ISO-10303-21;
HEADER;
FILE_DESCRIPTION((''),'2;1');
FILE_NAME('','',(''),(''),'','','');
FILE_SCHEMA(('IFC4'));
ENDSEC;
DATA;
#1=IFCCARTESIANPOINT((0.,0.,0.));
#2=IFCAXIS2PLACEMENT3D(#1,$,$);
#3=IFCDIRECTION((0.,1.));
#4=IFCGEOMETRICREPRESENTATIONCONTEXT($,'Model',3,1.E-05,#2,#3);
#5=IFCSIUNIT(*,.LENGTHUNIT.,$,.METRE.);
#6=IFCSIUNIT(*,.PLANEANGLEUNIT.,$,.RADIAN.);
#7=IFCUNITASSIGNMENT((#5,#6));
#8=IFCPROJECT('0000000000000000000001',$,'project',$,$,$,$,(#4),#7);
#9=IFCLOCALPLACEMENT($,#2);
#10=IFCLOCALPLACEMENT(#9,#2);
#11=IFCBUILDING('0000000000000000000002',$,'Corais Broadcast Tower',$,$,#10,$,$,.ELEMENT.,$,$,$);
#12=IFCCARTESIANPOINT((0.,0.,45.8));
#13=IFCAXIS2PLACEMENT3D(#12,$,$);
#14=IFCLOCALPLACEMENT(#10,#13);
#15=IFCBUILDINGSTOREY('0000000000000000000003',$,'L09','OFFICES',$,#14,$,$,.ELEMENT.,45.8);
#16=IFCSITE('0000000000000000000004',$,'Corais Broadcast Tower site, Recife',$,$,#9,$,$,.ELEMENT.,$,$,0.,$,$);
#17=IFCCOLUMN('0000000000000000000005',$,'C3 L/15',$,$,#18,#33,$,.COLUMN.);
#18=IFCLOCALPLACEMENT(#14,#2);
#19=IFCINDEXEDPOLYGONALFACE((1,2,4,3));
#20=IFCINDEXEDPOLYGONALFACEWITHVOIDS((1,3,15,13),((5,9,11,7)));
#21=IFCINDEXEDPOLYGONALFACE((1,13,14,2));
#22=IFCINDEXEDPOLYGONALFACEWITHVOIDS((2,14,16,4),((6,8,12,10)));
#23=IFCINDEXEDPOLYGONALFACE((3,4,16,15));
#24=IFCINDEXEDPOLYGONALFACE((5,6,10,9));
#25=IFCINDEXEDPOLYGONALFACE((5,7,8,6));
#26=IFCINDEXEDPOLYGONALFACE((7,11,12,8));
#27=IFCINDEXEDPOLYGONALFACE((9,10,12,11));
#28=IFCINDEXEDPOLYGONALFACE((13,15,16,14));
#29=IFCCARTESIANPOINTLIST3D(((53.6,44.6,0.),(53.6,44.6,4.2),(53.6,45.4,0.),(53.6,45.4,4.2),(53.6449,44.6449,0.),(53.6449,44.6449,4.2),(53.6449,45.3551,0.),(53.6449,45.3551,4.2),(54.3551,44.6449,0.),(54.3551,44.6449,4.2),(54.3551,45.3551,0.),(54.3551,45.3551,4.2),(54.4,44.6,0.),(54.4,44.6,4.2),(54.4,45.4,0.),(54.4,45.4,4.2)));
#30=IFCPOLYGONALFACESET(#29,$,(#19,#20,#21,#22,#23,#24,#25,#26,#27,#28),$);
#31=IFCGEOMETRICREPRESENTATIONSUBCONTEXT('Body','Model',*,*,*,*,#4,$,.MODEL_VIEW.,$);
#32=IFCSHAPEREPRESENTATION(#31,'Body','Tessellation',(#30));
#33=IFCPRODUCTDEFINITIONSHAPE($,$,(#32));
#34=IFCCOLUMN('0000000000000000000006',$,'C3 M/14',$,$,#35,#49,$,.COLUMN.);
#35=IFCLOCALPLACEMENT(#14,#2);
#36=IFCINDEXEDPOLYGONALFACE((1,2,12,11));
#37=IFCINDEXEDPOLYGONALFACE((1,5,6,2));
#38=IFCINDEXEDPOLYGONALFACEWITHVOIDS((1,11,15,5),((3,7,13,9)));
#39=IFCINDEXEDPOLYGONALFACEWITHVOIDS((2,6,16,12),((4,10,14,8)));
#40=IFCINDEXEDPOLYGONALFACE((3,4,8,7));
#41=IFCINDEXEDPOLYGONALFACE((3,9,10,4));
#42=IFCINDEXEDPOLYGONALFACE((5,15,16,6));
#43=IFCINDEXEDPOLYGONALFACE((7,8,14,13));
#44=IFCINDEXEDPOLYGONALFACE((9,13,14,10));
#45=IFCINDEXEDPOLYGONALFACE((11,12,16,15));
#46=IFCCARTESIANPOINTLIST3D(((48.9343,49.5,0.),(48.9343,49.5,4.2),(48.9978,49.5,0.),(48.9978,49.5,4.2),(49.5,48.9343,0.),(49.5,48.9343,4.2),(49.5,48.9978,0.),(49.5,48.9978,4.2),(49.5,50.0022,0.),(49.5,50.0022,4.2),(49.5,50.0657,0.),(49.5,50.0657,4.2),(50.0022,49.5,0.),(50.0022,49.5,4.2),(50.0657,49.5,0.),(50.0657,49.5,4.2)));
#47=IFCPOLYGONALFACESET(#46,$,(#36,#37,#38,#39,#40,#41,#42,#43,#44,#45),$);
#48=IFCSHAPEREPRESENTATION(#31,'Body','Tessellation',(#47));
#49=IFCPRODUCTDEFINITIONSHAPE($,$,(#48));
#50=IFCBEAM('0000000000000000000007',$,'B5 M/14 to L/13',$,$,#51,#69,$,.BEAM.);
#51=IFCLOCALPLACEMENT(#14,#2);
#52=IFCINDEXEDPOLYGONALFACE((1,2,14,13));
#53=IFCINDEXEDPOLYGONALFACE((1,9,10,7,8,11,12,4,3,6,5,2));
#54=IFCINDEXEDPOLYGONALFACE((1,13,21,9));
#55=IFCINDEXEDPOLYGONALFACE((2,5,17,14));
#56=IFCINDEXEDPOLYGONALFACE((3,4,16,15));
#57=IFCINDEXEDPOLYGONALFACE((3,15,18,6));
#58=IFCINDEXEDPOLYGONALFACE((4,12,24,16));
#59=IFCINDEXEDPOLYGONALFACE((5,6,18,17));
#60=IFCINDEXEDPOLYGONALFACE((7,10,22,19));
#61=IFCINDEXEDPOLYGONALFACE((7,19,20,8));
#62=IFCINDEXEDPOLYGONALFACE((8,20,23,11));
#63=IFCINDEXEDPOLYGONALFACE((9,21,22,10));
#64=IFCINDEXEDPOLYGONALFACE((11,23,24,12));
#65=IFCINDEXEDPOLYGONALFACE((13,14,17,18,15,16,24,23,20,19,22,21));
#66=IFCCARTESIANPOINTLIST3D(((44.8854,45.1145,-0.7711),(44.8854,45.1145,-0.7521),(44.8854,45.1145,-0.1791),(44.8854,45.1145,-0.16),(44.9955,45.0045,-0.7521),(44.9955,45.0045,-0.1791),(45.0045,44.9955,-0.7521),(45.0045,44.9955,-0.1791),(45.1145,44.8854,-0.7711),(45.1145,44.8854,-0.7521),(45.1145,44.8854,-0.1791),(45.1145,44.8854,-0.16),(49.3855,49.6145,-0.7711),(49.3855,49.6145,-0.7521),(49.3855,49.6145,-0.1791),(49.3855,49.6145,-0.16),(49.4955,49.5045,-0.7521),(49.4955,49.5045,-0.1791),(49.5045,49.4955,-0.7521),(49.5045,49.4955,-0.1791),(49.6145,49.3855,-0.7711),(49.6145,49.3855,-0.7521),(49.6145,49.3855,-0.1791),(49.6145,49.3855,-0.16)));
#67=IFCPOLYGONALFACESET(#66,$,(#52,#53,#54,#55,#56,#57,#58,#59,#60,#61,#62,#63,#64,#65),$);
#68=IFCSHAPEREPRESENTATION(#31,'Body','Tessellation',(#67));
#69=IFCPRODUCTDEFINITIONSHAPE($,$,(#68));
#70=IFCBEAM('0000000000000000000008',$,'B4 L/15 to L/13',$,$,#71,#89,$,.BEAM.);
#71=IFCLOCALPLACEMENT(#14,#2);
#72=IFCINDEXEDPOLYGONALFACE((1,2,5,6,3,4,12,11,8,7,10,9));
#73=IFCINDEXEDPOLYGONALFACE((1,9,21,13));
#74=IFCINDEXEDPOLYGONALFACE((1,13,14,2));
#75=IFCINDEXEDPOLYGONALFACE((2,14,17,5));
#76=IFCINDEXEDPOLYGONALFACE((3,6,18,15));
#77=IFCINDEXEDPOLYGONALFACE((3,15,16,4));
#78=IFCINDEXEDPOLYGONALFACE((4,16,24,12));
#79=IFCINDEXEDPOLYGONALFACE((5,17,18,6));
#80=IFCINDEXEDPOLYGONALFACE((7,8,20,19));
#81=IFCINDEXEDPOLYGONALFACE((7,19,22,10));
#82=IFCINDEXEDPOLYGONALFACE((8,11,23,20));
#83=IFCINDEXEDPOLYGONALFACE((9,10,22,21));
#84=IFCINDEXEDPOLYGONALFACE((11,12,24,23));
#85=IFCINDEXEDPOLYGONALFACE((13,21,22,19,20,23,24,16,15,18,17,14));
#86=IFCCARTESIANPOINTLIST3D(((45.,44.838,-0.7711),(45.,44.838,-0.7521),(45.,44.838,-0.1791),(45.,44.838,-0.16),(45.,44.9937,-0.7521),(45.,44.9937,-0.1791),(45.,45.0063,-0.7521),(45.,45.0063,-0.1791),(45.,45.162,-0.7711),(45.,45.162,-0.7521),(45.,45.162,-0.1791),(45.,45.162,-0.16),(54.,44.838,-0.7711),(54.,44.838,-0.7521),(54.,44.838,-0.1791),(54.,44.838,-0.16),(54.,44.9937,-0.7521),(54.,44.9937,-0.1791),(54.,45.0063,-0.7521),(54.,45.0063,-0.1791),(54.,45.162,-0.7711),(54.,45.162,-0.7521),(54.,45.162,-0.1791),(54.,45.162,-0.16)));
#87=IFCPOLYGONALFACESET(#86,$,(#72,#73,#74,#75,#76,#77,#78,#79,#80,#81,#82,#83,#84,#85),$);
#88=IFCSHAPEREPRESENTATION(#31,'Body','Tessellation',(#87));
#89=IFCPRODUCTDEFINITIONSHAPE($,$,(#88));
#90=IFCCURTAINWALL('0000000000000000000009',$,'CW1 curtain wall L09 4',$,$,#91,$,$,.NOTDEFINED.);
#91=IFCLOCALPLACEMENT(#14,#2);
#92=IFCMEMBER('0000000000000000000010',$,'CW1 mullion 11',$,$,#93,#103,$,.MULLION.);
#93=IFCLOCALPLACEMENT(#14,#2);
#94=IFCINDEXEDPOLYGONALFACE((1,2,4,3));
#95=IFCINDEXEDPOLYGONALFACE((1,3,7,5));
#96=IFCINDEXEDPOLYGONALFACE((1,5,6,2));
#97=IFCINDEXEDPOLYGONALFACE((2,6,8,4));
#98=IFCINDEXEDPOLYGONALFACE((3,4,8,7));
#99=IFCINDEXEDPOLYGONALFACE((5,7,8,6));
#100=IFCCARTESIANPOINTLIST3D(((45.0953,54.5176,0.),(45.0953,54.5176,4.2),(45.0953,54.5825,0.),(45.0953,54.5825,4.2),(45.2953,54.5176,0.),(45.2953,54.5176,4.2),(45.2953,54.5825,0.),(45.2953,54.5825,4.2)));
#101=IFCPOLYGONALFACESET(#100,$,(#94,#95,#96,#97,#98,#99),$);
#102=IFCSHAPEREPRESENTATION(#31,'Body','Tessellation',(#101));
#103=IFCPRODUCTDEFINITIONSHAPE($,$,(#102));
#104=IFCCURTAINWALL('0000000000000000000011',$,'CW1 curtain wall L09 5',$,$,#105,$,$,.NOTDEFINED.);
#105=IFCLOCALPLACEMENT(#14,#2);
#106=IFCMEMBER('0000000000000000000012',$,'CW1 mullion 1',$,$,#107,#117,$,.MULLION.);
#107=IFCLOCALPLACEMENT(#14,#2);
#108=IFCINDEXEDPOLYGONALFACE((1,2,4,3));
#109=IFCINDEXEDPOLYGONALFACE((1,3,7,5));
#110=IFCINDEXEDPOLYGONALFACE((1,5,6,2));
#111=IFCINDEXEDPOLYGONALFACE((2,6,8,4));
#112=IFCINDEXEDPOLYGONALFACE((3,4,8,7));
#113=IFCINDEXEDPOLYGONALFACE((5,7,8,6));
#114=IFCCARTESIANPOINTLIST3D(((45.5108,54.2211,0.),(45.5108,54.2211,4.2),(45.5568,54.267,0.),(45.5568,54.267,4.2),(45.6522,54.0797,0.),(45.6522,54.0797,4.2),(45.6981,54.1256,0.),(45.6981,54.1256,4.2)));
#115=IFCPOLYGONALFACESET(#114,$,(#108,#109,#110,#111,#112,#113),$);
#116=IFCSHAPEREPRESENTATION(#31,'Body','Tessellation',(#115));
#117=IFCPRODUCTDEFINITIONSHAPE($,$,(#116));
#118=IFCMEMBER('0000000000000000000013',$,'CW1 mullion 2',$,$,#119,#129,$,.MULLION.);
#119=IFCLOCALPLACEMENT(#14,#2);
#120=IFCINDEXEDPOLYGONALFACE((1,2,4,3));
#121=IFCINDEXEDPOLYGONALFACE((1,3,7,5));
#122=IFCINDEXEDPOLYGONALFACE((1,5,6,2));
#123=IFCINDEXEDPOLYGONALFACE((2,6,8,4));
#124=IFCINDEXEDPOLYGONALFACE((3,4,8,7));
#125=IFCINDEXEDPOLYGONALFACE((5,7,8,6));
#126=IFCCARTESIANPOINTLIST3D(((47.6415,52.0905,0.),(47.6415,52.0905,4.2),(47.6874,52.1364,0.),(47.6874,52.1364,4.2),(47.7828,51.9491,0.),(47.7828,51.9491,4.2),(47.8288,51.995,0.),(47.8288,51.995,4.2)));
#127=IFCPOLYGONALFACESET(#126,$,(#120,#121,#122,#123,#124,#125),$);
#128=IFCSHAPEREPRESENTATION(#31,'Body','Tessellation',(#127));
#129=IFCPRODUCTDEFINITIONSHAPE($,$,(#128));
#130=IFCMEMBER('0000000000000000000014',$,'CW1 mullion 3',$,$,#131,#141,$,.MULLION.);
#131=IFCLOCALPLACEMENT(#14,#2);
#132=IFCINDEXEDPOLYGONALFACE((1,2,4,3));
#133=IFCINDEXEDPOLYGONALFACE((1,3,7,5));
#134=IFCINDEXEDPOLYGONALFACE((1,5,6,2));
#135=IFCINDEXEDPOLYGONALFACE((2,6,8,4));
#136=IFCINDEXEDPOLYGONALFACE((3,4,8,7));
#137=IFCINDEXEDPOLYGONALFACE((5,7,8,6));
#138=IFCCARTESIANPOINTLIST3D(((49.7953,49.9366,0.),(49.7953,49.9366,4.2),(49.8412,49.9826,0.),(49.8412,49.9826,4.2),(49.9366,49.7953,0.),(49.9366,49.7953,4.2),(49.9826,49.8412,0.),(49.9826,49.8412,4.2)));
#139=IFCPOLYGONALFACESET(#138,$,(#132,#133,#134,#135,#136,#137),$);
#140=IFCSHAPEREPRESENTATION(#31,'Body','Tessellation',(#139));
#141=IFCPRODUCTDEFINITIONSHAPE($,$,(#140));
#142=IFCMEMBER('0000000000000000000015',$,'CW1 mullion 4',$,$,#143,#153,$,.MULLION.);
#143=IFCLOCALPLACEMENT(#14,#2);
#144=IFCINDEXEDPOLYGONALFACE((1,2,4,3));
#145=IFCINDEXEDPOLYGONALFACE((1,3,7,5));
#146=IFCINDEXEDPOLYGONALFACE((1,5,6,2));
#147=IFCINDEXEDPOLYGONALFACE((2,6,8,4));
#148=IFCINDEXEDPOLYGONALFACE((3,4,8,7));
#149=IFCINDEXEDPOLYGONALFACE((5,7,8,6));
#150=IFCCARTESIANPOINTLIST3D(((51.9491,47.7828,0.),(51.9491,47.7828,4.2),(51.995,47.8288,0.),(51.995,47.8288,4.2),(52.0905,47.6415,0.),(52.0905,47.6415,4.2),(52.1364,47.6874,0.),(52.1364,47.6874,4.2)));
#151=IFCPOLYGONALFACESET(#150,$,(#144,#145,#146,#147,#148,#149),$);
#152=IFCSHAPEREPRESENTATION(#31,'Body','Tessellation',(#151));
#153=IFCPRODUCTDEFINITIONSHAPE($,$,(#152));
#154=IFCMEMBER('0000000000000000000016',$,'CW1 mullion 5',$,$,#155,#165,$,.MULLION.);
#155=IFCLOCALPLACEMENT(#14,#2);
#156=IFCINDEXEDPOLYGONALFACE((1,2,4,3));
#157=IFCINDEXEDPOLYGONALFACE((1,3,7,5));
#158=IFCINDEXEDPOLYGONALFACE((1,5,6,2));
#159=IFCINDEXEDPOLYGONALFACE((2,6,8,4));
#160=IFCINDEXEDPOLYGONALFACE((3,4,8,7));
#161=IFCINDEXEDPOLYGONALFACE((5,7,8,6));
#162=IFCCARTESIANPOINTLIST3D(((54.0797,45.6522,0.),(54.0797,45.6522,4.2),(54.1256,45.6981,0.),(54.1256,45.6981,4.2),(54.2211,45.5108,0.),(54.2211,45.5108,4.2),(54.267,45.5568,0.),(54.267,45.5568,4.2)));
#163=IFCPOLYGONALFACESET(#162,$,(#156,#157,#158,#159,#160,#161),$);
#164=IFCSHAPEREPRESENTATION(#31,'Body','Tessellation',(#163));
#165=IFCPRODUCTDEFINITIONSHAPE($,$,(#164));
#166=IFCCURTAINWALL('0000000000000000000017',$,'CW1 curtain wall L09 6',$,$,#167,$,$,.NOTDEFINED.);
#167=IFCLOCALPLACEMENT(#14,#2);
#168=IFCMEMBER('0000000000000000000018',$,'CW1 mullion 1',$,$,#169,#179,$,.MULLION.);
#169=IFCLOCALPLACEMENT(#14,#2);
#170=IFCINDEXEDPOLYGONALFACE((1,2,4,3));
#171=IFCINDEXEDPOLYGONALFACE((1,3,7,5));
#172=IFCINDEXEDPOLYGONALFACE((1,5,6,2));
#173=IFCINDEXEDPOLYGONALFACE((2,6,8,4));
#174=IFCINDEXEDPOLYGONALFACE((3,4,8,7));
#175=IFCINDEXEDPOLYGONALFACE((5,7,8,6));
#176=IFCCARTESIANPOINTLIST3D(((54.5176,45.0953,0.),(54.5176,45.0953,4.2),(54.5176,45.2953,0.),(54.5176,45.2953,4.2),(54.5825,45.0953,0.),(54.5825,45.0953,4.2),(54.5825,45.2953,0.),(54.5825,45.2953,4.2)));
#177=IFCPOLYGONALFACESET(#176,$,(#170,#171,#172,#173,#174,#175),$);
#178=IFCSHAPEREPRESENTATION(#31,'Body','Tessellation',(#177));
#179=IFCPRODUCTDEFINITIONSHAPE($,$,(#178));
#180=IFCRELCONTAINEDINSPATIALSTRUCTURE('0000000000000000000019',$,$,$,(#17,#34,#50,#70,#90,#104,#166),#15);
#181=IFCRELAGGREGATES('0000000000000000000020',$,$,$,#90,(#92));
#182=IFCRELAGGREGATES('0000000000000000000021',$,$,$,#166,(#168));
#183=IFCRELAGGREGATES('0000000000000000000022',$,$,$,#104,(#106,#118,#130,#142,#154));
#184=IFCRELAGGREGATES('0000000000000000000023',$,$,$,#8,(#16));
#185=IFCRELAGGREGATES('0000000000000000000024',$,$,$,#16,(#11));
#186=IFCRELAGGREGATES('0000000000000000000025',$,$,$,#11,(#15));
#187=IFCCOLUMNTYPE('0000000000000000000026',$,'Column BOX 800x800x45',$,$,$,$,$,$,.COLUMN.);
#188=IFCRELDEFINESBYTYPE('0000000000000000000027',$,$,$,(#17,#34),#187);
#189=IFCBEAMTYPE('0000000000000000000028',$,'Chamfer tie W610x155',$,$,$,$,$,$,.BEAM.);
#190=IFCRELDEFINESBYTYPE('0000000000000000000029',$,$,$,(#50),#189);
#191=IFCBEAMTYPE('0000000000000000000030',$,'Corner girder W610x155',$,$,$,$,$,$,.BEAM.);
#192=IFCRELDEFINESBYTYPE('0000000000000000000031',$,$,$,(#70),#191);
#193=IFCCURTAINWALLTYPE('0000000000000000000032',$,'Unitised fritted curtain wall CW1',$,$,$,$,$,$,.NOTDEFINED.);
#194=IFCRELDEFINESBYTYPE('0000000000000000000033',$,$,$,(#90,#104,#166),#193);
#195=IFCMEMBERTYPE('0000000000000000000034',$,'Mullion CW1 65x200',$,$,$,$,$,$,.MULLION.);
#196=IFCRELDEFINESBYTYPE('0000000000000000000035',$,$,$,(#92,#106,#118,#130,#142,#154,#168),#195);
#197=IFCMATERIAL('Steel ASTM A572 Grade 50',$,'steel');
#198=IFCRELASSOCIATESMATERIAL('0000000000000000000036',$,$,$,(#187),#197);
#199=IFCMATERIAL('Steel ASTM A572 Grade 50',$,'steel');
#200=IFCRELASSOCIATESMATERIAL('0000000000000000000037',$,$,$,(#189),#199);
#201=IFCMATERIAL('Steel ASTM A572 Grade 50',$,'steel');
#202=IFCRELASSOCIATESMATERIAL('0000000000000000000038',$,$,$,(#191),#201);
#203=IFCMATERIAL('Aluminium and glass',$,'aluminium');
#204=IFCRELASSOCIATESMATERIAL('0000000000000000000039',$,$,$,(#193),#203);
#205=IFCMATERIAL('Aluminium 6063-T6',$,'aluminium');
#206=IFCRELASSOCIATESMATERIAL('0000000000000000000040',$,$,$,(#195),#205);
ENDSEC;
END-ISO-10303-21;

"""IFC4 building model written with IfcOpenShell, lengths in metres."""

from ifc_helpers import new_model, si_unit, direction, frame, origin, origin_2d, place, context, subcontext, project, spatial, rectangle, hollow_rectangle, i_section, extrude, material, material_profile, profile_set, type_object, element, aggregate, save


model = new_model("IFC4")

# Units and contexts
model_context = context("Model", 3, precision=1e-05, world=origin(), true_north=direction((0.0, 1.0)))
body_context = subcontext(model_context, "Body", "Model", "MODEL_VIEW")
ifc_project = project(units=[si_unit("LENGTHUNIT", "METRE"), si_unit("PLANEANGLEUNIT", "RADIAN")], contexts=[model_context])

# Site, building, storey
site_placement = place(None, origin())
site = spatial("IfcSite", under=ifc_project, at=site_placement, Name="Corais Broadcast Tower site, Recife", CompositionType="ELEMENT", RefElevation=0.0)
building_placement = place(site_placement, origin())
building = spatial("IfcBuilding", under=site, at=building_placement, Name="Corais Broadcast Tower", CompositionType="ELEMENT")
storey_placement = place(building_placement, frame((0.0, 0.0, 45.8)))
storey = spatial("IfcBuildingStorey", under=building, at=storey_placement, Name="L09", Description="OFFICES", CompositionType="ELEMENT", Elevation=45.8)

# Columns
ifc_material_1 = material(Name="Steel ASTM A572 Grade 50", Category="steel")
ifc_material_profile_1 = material_profile(ifc_material_1, hollow_rectangle(XDim=0.8, YDim=0.8, WallThickness=0.0449, at=origin_2d()), Name="BOX 800x800x45")
ifc_profile_set_1 = profile_set([ifc_material_profile_1], Name="Steel ASTM A572 Grade 50")
column_type = type_object("IfcColumnType", Name="Column BOX 800x800x45", PredefinedType="COLUMN", material=ifc_profile_set_1)
for number, where, z_axis, x_axis, name in (
    (1, (54.0, 45.0, 0.0), (0.0, 0.0, 1.0), (1.0, 0.0, 0.0), "C3 L/15"),
    (2, (49.5, 49.5, 0.0), (0.0, 0.0, 1.0), (0.707107, 0.707107, 0.0), "C3 M/14"),
):
    element("IfcColumn", number, at=place(storey_placement, frame(where, z_axis=z_axis, x_axis=x_axis)), inside=storey, type_object=column_type, Name=name, PredefinedType="COLUMN", context=body_context, shape_type="SweptSolid", body=[
        extrude(hollow_rectangle(XDim=0.8, YDim=0.8, WallThickness=0.0449, at=origin_2d()), origin(), (0.0, 0.0, 1.0), 4.2),
    ])

# Beams
ifc_material_2 = material(Name="Steel ASTM A572 Grade 50", Category="steel")
ifc_material_profile_2 = material_profile(ifc_material_2, i_section(OverallWidth=0.324, OverallDepth=0.6111, WebThickness=0.0127, FlangeThickness=0.019, at=origin_2d()), Name="W610x155")
ifc_profile_set_2 = profile_set([ifc_material_profile_2], Name="Steel ASTM A572 Grade 50")
beam_type_1 = type_object("IfcBeamType", Name="Chamfer tie W610x155", PredefinedType="BEAM", material=ifc_profile_set_2)
beam_1_placement = place(storey_placement, frame((49.5, 49.5, -0.4656), z_axis=(-0.707107, -0.707107, 0.0), x_axis=(0.707107, -0.707107, 0.0)))
element("IfcBeam", 3, at=beam_1_placement, inside=storey, type_object=beam_type_1, Name="B5 M/14 to L/13", PredefinedType="BEAM", context=body_context, shape_type="SweptSolid", body=[
    extrude(i_section(OverallWidth=0.324, OverallDepth=0.6111, WebThickness=0.0127, FlangeThickness=0.019, at=origin_2d()), origin(), (0.0, 0.0, 1.0), 6.364),
])
ifc_material_3 = material(Name="Steel ASTM A572 Grade 50", Category="steel")
ifc_material_profile_3 = material_profile(ifc_material_3, i_section(OverallWidth=0.324, OverallDepth=0.6111, WebThickness=0.0127, FlangeThickness=0.019, at=origin_2d()), Name="W610x155")
ifc_profile_set_3 = profile_set([ifc_material_profile_3], Name="Steel ASTM A572 Grade 50")
beam_type_2 = type_object("IfcBeamType", Name="Corner girder W610x155", PredefinedType="BEAM", material=ifc_profile_set_3)
beam_2_placement = place(storey_placement, frame((54.0, 45.0, -0.4656), z_axis=(-1.0, 0.0, 0.0), x_axis=(0.0, -1.0, 0.0)))
element("IfcBeam", 4, at=beam_2_placement, inside=storey, type_object=beam_type_2, Name="B4 L/15 to L/13", PredefinedType="BEAM", context=body_context, shape_type="SweptSolid", body=[
    extrude(i_section(OverallWidth=0.324, OverallDepth=0.6111, WebThickness=0.0127, FlangeThickness=0.019, at=origin_2d()), origin(), (0.0, 0.0, 1.0), 9.0),
])

# Curtain wall, member
ifc_material_4 = material(Name="Aluminium and glass", Category="aluminium")
curtain_wall_type = type_object("IfcCurtainWallType", Name="Unitised fritted curtain wall CW1", PredefinedType="NOTDEFINED", material=ifc_material_4)
curtain_wall_1_placement = place(storey_placement, origin())
curtain_wall_1 = element("IfcCurtainWall", 5, at=curtain_wall_1_placement, inside=storey, type_object=curtain_wall_type, Name="CW1 curtain wall L09 4", PredefinedType="NOTDEFINED")
ifc_material_5 = material(Name="Aluminium 6063-T6", Category="aluminium")
ifc_material_profile_4 = material_profile(ifc_material_5, rectangle(XDim=0.0649, YDim=0.2, at=origin_2d()), Name="Mullion CW1 65x200")
ifc_profile_set_4 = profile_set([ifc_material_profile_4], Name="Aluminium 6063-T6")
member_type_1 = type_object("IfcMemberType", Name="Mullion CW1 65x200", PredefinedType="MULLION", material=ifc_profile_set_4)
member_1_placement = place(storey_placement, frame((45.1953, 54.55, 0.0), z_axis=(0.0, 0.0, 1.0), x_axis=(0.0, 1.0, 0.0)))
member_1 = element("IfcMember", 6, at=member_1_placement, type_object=member_type_1, Name="CW1 mullion 11", PredefinedType="MULLION", context=body_context, shape_type="SweptSolid", body=[
    extrude(rectangle(XDim=0.0649, YDim=0.2, at=origin_2d()), origin(), (0.0, 0.0, 1.0), 4.2),
])
aggregate(curtain_wall_1, [member_1])

# Curtain wall, members
curtain_wall_2_placement = place(storey_placement, origin())
curtain_wall_2 = element("IfcCurtainWall", 7, at=curtain_wall_2_placement, inside=storey, type_object=curtain_wall_type, Name="CW1 curtain wall L09 5", PredefinedType="NOTDEFINED")
member_2_placement = place(storey_placement, frame((45.6045, 54.1733, 0.0), z_axis=(0.0, 0.0, 1.0), x_axis=(0.707107, 0.707107, 0.0)))
member_2 = element("IfcMember", 8, at=member_2_placement, type_object=member_type_1, Name="CW1 mullion 1", PredefinedType="MULLION", context=body_context, shape_type="SweptSolid", body=[
    extrude(rectangle(XDim=0.0649, YDim=0.2, at=origin_2d()), origin(), (0.0, 0.0, 1.0), 4.2),
])
member_3_placement = place(storey_placement, frame((47.7351, 52.0427, 0.0), z_axis=(0.0, 0.0, 1.0), x_axis=(0.707107, 0.707107, 0.0)))
member_3 = element("IfcMember", 9, at=member_3_placement, type_object=member_type_1, Name="CW1 mullion 2", PredefinedType="MULLION", context=body_context, shape_type="SweptSolid", body=[
    extrude(rectangle(XDim=0.0649, YDim=0.2, at=origin_2d()), origin(), (0.0, 0.0, 1.0), 4.2),
])
member_4_placement = place(storey_placement, frame((49.8889, 49.8889, 0.0), z_axis=(0.0, 0.0, 1.0), x_axis=(0.707107, 0.707107, 0.0)))
member_4 = element("IfcMember", 10, at=member_4_placement, type_object=member_type_1, Name="CW1 mullion 3", PredefinedType="MULLION", context=body_context, shape_type="SweptSolid", body=[
    extrude(rectangle(XDim=0.0649, YDim=0.2, at=origin_2d()), origin(), (0.0, 0.0, 1.0), 4.2),
])
member_5_placement = place(storey_placement, frame((52.0427, 47.7351, 0.0), z_axis=(0.0, 0.0, 1.0), x_axis=(0.707107, 0.707107, 0.0)))
member_5 = element("IfcMember", 11, at=member_5_placement, type_object=member_type_1, Name="CW1 mullion 4", PredefinedType="MULLION", context=body_context, shape_type="SweptSolid", body=[
    extrude(rectangle(XDim=0.0649, YDim=0.2, at=origin_2d()), origin(), (0.0, 0.0, 1.0), 4.2),
])
member_6_placement = place(storey_placement, frame((54.1733, 45.6045, 0.0), z_axis=(0.0, 0.0, 1.0), x_axis=(0.707107, 0.707107, 0.0)))
member_6 = element("IfcMember", 12, at=member_6_placement, type_object=member_type_1, Name="CW1 mullion 5", PredefinedType="MULLION", context=body_context, shape_type="SweptSolid", body=[
    extrude(rectangle(XDim=0.0649, YDim=0.2, at=origin_2d()), origin(), (0.0, 0.0, 1.0), 4.2),
])

# Curtain wall, member
curtain_wall_3_placement = place(storey_placement, origin())
curtain_wall_3 = element("IfcCurtainWall", 13, at=curtain_wall_3_placement, inside=storey, type_object=curtain_wall_type, Name="CW1 curtain wall L09 6", PredefinedType="NOTDEFINED")
member_7_placement = place(storey_placement, frame((54.55, 45.1953, 0.0), z_axis=(0.0, 0.0, 1.0), x_axis=(1.0, 0.0, 0.0)))
member_7 = element("IfcMember", 14, at=member_7_placement, type_object=member_type_1, Name="CW1 mullion 1", PredefinedType="MULLION", context=body_context, shape_type="SweptSolid", body=[
    extrude(rectangle(XDim=0.0649, YDim=0.2, at=origin_2d()), origin(), (0.0, 0.0, 1.0), 4.2),
])

aggregate(curtain_wall_3, [member_7])
aggregate(curtain_wall_2, [member_2, member_3, member_4, member_5, member_6])

save(model, "model.ifc")
